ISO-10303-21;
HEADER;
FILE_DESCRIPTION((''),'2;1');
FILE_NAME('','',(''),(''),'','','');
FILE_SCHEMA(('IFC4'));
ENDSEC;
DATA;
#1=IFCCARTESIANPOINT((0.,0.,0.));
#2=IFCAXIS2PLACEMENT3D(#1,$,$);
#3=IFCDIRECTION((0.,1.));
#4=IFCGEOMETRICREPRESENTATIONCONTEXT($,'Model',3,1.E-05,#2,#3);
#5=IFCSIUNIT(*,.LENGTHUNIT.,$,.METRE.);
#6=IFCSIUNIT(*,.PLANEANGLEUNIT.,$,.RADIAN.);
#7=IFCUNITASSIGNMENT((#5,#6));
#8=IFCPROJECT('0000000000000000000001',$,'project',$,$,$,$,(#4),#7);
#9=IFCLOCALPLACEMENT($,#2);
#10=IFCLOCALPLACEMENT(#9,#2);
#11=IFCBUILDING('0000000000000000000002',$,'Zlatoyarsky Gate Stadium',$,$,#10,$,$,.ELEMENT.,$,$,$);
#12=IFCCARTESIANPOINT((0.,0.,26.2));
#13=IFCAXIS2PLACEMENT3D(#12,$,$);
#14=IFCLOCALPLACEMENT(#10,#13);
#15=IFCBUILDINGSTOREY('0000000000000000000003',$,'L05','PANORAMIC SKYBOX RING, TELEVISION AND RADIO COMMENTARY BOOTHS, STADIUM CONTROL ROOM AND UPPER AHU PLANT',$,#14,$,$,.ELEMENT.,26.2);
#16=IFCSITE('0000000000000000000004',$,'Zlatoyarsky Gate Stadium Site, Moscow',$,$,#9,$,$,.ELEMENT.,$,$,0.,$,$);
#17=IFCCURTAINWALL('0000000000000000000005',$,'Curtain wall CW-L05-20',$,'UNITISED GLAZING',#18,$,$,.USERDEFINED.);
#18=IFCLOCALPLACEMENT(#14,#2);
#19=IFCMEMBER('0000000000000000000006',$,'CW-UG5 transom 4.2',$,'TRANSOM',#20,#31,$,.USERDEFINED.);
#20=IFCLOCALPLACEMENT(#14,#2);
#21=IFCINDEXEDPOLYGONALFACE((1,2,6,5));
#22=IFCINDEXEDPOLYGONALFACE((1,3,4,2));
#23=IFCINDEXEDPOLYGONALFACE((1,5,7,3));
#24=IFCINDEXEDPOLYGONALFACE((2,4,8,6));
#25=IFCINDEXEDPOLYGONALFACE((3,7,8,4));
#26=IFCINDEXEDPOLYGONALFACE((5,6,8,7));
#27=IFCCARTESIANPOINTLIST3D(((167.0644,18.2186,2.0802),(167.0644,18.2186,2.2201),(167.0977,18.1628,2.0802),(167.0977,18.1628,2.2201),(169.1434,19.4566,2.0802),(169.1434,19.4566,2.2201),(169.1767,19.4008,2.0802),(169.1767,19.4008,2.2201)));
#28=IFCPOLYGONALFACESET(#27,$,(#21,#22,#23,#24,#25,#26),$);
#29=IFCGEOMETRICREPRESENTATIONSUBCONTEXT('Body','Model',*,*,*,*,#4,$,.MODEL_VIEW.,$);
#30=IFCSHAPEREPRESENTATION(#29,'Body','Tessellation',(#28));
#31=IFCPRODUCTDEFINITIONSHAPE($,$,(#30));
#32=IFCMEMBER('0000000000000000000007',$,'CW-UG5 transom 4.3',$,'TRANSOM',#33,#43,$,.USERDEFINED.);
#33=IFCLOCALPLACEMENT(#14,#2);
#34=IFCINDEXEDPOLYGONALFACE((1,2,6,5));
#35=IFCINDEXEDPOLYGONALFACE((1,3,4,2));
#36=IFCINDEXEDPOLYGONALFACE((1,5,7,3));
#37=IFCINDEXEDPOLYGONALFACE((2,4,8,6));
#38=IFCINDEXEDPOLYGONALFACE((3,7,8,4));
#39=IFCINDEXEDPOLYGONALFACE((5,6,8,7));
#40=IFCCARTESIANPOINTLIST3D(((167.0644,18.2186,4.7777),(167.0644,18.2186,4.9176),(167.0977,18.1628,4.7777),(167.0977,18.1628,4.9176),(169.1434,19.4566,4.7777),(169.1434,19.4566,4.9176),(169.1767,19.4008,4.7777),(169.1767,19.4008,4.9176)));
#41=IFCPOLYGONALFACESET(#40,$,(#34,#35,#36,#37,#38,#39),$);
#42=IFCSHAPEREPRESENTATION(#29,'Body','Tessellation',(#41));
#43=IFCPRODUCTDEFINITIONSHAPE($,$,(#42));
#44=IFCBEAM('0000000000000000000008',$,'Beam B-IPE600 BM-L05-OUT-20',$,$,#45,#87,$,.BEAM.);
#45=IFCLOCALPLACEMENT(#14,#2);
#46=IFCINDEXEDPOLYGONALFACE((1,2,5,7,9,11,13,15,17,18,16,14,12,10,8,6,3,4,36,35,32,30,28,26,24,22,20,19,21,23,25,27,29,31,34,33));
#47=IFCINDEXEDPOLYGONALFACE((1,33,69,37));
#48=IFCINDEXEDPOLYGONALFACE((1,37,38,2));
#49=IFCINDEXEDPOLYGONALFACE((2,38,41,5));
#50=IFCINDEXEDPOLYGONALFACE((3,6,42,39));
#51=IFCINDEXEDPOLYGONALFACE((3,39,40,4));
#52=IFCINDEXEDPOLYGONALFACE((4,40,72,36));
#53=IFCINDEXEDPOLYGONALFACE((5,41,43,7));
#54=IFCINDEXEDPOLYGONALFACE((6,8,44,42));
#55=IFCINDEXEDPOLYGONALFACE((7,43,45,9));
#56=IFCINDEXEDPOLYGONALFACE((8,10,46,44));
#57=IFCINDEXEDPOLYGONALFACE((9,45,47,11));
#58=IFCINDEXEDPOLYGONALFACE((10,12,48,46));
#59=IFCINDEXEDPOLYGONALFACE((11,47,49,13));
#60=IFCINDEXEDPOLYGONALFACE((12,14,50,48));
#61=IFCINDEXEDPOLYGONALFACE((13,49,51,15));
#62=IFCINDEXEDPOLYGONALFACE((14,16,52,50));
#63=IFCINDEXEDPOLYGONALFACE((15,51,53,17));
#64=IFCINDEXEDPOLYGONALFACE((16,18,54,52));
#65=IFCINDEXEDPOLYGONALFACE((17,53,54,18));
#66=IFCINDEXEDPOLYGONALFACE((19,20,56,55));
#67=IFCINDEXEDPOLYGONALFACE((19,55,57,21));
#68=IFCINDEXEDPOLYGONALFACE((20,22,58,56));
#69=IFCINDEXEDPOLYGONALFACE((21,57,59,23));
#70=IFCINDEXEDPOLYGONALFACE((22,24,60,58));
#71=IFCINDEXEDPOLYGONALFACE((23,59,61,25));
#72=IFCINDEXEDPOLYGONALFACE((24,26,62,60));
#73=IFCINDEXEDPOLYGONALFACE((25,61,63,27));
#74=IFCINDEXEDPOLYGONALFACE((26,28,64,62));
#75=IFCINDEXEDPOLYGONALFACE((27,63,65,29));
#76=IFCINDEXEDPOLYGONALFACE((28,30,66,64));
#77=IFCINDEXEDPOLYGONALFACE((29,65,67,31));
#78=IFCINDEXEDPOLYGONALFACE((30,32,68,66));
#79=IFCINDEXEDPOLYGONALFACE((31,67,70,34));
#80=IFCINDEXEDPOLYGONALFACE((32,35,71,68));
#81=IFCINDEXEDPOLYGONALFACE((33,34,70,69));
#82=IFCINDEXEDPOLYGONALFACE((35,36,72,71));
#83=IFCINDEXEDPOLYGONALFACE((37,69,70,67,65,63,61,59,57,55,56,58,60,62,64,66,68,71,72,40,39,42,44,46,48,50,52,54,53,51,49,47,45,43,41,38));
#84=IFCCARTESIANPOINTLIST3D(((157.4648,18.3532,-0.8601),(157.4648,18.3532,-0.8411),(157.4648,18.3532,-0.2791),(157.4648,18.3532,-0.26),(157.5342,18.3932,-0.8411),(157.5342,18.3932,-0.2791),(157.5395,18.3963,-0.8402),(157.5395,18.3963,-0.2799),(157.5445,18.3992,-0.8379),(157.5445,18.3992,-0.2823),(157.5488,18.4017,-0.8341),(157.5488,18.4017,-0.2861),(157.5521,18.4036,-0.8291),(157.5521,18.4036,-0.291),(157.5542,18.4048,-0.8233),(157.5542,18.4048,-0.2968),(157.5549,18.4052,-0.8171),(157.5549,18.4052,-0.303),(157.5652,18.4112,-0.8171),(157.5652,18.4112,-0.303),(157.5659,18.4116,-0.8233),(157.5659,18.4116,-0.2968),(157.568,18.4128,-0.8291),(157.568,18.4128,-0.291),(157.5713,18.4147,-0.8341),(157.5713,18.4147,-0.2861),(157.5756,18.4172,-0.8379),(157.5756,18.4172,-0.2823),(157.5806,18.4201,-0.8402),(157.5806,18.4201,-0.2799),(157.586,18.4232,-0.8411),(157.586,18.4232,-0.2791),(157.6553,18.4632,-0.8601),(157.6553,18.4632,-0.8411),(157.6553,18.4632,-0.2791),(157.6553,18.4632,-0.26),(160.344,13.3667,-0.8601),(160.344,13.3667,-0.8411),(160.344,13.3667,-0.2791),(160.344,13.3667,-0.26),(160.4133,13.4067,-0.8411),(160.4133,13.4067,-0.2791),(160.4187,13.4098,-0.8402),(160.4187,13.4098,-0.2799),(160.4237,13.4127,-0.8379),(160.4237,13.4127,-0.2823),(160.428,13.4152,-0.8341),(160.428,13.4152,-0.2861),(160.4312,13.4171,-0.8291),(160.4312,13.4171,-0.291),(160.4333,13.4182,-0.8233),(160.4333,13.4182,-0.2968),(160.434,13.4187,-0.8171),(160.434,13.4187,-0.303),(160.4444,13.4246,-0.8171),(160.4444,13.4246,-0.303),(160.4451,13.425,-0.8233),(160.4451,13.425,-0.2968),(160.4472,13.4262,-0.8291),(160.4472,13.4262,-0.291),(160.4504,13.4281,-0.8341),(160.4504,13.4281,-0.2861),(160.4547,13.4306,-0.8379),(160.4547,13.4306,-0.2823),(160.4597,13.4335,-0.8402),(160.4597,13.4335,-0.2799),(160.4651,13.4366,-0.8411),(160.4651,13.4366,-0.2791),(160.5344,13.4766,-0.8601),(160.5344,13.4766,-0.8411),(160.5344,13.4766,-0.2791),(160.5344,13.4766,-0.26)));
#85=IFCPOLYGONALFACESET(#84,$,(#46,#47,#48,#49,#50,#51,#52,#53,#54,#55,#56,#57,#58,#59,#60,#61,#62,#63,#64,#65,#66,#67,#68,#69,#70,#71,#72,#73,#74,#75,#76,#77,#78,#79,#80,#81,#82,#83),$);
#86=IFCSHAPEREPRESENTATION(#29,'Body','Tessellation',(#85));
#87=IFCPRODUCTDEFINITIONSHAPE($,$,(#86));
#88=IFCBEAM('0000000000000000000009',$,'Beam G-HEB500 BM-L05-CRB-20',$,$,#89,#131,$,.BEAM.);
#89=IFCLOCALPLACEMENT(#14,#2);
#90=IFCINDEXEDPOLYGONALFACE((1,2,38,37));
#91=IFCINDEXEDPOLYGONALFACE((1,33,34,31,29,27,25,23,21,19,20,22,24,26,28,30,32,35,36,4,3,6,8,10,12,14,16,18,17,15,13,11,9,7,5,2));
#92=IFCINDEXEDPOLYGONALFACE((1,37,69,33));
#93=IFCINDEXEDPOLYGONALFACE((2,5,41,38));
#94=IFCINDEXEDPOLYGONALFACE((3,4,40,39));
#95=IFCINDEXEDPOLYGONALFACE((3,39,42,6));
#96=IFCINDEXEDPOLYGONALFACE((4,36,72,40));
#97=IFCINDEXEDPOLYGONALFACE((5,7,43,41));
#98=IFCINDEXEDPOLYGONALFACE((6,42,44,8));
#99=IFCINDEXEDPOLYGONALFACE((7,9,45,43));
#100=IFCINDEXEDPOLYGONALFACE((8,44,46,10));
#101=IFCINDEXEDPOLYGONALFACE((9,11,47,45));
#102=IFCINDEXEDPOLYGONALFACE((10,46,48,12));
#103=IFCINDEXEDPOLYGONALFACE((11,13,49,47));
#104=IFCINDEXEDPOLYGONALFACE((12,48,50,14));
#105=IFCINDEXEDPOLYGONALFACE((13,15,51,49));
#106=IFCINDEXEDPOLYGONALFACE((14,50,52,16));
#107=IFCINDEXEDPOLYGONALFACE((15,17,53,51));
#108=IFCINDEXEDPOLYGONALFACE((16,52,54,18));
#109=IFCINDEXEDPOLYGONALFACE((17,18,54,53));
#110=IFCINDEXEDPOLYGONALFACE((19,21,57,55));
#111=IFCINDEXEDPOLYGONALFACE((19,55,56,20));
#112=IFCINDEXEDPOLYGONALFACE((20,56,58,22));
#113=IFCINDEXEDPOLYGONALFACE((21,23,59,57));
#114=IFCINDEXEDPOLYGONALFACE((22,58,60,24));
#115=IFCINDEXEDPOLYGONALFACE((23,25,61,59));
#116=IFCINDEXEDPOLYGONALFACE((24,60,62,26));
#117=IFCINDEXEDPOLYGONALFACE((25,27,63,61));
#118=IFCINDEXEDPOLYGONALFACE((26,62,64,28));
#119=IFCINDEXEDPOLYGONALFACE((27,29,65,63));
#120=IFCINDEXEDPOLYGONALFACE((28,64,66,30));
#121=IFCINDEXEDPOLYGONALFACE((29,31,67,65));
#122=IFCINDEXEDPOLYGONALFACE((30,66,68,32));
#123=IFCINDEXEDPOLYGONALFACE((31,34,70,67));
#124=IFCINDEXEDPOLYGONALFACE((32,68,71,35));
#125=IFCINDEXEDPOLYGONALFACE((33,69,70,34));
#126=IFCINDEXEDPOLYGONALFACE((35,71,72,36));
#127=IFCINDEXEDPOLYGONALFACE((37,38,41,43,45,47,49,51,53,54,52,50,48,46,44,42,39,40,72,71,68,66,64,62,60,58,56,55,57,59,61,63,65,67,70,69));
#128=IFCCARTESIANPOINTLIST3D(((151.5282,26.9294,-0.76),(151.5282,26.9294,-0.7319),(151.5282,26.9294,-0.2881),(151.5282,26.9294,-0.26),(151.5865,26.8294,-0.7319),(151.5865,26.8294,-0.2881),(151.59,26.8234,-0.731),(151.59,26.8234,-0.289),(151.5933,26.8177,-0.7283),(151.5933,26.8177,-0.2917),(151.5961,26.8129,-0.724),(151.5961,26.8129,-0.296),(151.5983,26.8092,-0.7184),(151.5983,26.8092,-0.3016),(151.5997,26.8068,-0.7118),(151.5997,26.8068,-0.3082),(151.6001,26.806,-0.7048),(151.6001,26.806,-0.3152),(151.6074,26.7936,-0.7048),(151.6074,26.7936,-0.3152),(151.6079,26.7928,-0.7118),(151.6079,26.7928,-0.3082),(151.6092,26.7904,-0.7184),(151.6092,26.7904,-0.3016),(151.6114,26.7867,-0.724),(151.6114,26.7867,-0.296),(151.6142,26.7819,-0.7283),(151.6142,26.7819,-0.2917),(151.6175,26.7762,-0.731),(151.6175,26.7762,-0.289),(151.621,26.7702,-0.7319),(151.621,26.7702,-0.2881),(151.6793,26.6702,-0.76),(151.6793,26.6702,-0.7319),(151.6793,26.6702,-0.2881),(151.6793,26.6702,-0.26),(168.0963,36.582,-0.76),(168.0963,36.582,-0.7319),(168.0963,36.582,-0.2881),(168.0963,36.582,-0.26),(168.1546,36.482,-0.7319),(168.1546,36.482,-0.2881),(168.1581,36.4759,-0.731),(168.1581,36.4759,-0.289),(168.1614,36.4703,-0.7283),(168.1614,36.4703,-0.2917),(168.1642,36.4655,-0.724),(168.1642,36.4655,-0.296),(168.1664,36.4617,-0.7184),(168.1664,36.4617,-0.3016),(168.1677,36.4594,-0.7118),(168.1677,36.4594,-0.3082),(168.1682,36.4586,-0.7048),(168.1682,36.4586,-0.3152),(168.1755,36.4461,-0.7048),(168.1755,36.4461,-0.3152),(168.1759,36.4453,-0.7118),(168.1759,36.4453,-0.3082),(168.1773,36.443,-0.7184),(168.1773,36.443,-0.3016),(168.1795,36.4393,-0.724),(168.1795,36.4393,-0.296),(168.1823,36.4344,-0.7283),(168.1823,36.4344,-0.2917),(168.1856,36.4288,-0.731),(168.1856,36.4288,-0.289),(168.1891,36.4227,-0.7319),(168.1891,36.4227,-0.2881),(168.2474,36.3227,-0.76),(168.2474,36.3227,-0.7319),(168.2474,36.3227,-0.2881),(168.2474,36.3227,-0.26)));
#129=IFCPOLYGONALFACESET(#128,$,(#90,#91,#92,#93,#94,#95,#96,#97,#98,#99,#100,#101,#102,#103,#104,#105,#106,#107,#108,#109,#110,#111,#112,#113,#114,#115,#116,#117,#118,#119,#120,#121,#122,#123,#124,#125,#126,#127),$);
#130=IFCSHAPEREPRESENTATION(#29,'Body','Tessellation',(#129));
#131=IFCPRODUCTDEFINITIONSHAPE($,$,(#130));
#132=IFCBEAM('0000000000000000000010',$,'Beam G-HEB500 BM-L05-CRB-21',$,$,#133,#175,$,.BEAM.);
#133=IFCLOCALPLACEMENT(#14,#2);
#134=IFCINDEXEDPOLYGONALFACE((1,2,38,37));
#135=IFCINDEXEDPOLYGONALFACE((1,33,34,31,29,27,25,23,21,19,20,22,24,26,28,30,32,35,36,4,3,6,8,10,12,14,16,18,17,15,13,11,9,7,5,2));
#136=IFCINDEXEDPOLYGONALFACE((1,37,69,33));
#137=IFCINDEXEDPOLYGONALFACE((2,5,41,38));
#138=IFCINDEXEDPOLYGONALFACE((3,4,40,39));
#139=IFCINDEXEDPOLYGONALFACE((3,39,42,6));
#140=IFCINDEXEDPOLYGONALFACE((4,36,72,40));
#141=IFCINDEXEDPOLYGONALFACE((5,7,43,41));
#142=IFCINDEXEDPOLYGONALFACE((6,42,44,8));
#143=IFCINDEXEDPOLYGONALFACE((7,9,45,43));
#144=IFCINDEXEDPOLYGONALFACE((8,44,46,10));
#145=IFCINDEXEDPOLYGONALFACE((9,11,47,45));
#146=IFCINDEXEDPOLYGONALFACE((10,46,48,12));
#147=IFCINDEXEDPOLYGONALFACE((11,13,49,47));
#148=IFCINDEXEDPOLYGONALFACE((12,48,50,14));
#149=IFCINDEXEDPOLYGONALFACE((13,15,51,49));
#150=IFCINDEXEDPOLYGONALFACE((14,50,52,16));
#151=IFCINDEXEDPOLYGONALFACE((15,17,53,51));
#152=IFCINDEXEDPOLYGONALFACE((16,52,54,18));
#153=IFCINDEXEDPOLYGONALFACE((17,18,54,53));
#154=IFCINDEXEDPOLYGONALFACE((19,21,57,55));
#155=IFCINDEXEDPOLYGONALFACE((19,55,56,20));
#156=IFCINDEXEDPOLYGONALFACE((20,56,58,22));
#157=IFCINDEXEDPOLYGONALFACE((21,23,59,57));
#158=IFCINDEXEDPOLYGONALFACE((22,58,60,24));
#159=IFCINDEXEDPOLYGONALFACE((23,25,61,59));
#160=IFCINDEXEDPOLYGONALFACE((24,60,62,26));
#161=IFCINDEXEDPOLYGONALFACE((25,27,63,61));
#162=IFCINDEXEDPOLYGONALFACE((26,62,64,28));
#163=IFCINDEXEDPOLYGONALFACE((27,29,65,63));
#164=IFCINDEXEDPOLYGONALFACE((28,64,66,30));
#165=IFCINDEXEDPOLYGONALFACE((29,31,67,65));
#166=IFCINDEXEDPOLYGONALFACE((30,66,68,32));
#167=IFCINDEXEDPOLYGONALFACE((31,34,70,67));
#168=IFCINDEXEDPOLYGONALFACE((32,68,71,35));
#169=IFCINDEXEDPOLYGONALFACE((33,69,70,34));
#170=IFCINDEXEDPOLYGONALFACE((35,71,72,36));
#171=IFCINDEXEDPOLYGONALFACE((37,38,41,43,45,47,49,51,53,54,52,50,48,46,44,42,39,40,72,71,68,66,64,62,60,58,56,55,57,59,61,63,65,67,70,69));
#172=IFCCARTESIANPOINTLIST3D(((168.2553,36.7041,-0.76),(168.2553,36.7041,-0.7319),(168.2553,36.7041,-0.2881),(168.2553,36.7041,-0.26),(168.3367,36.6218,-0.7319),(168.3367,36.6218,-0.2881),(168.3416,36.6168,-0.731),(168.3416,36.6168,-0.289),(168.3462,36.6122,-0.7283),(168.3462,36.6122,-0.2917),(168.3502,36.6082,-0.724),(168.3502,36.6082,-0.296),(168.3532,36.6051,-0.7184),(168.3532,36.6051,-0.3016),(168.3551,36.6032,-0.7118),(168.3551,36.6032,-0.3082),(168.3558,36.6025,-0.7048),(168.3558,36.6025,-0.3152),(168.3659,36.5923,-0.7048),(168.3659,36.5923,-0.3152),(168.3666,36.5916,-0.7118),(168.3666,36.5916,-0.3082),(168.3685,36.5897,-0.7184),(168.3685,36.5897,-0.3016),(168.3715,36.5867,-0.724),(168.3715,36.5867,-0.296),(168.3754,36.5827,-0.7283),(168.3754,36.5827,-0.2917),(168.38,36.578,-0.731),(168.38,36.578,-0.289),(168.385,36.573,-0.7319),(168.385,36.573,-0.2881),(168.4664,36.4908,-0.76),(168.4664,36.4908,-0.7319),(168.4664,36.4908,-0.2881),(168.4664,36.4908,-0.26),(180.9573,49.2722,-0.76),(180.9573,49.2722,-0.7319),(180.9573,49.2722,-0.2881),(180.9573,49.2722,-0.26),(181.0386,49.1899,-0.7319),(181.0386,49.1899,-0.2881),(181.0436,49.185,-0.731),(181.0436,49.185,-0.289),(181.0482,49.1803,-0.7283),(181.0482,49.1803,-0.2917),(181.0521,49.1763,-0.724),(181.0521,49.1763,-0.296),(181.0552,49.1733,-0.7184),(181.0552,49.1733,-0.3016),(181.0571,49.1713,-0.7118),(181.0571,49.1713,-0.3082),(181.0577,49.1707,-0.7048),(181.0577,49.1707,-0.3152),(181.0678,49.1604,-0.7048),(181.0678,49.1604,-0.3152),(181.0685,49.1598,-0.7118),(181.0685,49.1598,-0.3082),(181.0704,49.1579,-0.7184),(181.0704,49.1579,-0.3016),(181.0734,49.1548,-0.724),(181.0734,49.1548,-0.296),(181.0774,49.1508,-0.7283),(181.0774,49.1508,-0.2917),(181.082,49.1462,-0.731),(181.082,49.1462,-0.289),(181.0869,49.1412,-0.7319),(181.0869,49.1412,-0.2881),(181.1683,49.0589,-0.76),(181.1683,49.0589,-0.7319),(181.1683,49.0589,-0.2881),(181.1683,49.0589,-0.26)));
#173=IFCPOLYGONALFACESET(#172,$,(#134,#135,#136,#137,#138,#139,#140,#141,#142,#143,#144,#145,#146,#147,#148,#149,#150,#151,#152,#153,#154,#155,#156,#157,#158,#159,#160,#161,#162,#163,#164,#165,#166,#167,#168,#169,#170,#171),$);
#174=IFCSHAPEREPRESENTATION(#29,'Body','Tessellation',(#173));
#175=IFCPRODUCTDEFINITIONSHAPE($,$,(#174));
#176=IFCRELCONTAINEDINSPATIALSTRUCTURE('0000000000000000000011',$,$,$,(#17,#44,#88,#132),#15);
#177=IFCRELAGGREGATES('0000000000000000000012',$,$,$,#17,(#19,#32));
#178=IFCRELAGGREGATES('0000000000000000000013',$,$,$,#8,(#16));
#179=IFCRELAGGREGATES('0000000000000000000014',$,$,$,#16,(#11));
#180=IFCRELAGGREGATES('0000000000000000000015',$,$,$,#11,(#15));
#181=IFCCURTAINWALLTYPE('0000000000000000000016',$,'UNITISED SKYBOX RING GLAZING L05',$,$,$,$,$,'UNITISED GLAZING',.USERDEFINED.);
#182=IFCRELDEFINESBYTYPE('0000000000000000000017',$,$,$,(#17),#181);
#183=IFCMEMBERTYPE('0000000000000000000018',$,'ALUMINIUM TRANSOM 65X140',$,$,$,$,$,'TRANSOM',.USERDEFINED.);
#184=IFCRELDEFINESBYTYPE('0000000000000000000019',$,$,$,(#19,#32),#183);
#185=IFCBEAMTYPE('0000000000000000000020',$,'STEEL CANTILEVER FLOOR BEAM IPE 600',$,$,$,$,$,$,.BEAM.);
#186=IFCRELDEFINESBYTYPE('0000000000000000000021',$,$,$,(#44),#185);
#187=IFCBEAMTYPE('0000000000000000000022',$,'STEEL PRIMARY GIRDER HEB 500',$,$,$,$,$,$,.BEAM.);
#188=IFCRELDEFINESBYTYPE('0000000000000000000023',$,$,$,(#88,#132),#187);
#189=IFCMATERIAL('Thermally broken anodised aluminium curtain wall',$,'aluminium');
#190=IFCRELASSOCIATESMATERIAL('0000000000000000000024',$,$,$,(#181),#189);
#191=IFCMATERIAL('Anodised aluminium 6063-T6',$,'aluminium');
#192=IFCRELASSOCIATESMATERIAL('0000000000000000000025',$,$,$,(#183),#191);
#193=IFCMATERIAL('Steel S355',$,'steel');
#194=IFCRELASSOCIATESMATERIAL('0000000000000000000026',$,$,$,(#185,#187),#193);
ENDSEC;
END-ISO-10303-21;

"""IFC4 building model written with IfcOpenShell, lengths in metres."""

from ifc_helpers import new_model, si_unit, direction, frame, origin, origin_2d, place, context, subcontext, project, spatial, rectangle, i_section, extrude, material, material_profile, profile_set, type_object, element, aggregate, save


model = new_model("IFC4")

# Units and contexts
model_context = context("Model", 3, precision=1e-05, world=origin(), true_north=direction((0.0, 1.0)))
body_context = subcontext(model_context, "Body", "Model", "MODEL_VIEW")
ifc_project = project(units=[si_unit("LENGTHUNIT", "METRE"), si_unit("PLANEANGLEUNIT", "RADIAN")], contexts=[model_context])

# Site, building, storey
site_placement = place(None, origin())
site = spatial("IfcSite", under=ifc_project, at=site_placement, Name="Zlatoyarsky Gate Stadium Site, Moscow", CompositionType="ELEMENT", RefElevation=0.0)
building_placement = place(site_placement, origin())
building = spatial("IfcBuilding", under=site, at=building_placement, Name="Zlatoyarsky Gate Stadium", CompositionType="ELEMENT")
storey_placement = place(building_placement, frame((0.0, 0.0, 26.2)))
storey = spatial("IfcBuildingStorey", under=building, at=storey_placement, Name="L05", Description="PANORAMIC SKYBOX RING, TELEVISION AND RADIO COMMENTARY BOOTHS, STADIUM CONTROL ROOM AND UPPER AHU PLANT", CompositionType="ELEMENT", Elevation=26.2)

# Shared definitions
ifc_material_1 = material(Name="Steel S355", Category="steel")

# Curtain wall, members
ifc_material_2 = material(Name="Thermally broken anodised aluminium curtain wall", Category="aluminium")
curtain_wall_type = type_object("IfcCurtainWallType", Name="UNITISED SKYBOX RING GLAZING L05", ElementType="UNITISED GLAZING", PredefinedType="USERDEFINED", material=ifc_material_2)
curtain_wall_placement = place(storey_placement, origin())
curtain_wall = element("IfcCurtainWall", 1, at=curtain_wall_placement, inside=storey, type_object=curtain_wall_type, Name="Curtain wall CW-L05-20", ObjectType="UNITISED GLAZING", PredefinedType="USERDEFINED")
ifc_material_3 = material(Name="Anodised aluminium 6063-T6", Category="aluminium")
ifc_material_profile_1 = material_profile(ifc_material_3, rectangle(XDim=0.0649, YDim=0.1399, at=origin_2d()), Name="ALU 65X140")
ifc_profile_set_1 = profile_set([ifc_material_profile_1], Name="Anodised aluminium 6063-T6")
member_type_1 = type_object("IfcMemberType", Name="ALUMINIUM TRANSOM 65X140", ElementType="TRANSOM", PredefinedType="USERDEFINED", material=ifc_profile_set_1)
member_1_placement = place(storey_placement, frame((167.0811, 18.1907, 2.1501), z_axis=(0.859206, 0.511629, 0.0), x_axis=(-0.511629, 0.859206, 0.0)))
member_1 = element("IfcMember", 2, at=member_1_placement, type_object=member_type_1, Name="CW-UG5 transom 4.2", ObjectType="TRANSOM", PredefinedType="USERDEFINED", context=body_context, shape_type="SweptSolid", body=[
    extrude(rectangle(XDim=0.0649, YDim=0.1399, at=origin_2d()), origin(), (0.0, 0.0, 1.0), 2.4197),
])
member_2_placement = place(storey_placement, frame((167.0811, 18.1907, 4.8477), z_axis=(0.859206, 0.511629, 0.0), x_axis=(-0.511629, 0.859206, 0.0)))
member_2 = element("IfcMember", 3, at=member_2_placement, type_object=member_type_1, Name="CW-UG5 transom 4.3", ObjectType="TRANSOM", PredefinedType="USERDEFINED", context=body_context, shape_type="SweptSolid", body=[
    extrude(rectangle(XDim=0.0649, YDim=0.1399, at=origin_2d()), origin(), (0.0, 0.0, 1.0), 2.4197),
])

# Beams
ifc_material_profile_2 = material_profile(ifc_material_1, i_section(OverallWidth=0.22, OverallDepth=0.6001, WebThickness=0.012, FlangeThickness=0.019, FilletRadius=0.0239, at=origin_2d()), Name="IPE 600")
ifc_profile_set_2 = profile_set([ifc_material_profile_2], Name="Steel S355")
beam_type_1 = type_object("IfcBeamType", Name="STEEL CANTILEVER FLOOR BEAM IPE 600", PredefinedType="BEAM", material=ifc_profile_set_2)
beam_1_placement = place(storey_placement, frame((157.5601, 18.4082, -0.5601), z_axis=(0.50002, -0.866014, 0.0), x_axis=(0.866014, 0.50002, 0.0)))
element("IfcBeam", 4, at=beam_1_placement, inside=storey, type_object=beam_type_1, Name="Beam B-IPE600 BM-L05-OUT-20", PredefinedType="BEAM", context=body_context, shape_type="SweptSolid", body=[
    extrude(i_section(OverallWidth=0.22, OverallDepth=0.6001, WebThickness=0.012, FlangeThickness=0.019, FilletRadius=0.0239, at=origin_2d()), origin(), (0.0, 0.0, 1.0), 5.7581),
])
ifc_material_profile_3 = material_profile(ifc_material_1, i_section(OverallWidth=0.3, OverallDepth=0.5, WebThickness=0.0144, FlangeThickness=0.0281, FilletRadius=0.0271, at=origin_2d()), Name="HEB 500")
ifc_profile_set_3 = profile_set([ifc_material_profile_3], Name="Steel S355")
beam_type_2 = type_object("IfcBeamType", Name="STEEL PRIMARY GIRDER HEB 500", PredefinedType="BEAM", material=ifc_profile_set_3)
beam_2_placement = place(storey_placement, frame((151.6038, 26.7998, -0.51), z_axis=(0.864054, 0.503398, 0.0), x_axis=(-0.503398, 0.864054, 0.0)))
element("IfcBeam", 5, at=beam_2_placement, inside=storey, type_object=beam_type_2, Name="Beam G-HEB500 BM-L05-CRB-20", PredefinedType="BEAM", context=body_context, shape_type="SweptSolid", body=[
    extrude(i_section(OverallWidth=0.3, OverallDepth=0.5, WebThickness=0.0144, FlangeThickness=0.0281, FilletRadius=0.0271, at=origin_2d()), origin(), (0.0, 0.0, 1.0), 19.1748),
])
beam_3_placement = place(storey_placement, frame((168.3608, 36.5974, -0.51), z_axis=(0.710841, 0.703353, 0.0), x_axis=(-0.703353, 0.710841, 0.0)))
element("IfcBeam", 6, at=beam_3_placement, inside=storey, type_object=beam_type_2, Name="Beam G-HEB500 BM-L05-CRB-21", PredefinedType="BEAM", context=body_context, shape_type="SweptSolid", body=[
    extrude(i_section(OverallWidth=0.3, OverallDepth=0.5, WebThickness=0.0144, FlangeThickness=0.0281, FilletRadius=0.0271, at=origin_2d()), origin(), (0.0, 0.0, 1.0), 17.8689),
])

aggregate(curtain_wall, [member_1, member_2])

save(model, "model.ifc")
